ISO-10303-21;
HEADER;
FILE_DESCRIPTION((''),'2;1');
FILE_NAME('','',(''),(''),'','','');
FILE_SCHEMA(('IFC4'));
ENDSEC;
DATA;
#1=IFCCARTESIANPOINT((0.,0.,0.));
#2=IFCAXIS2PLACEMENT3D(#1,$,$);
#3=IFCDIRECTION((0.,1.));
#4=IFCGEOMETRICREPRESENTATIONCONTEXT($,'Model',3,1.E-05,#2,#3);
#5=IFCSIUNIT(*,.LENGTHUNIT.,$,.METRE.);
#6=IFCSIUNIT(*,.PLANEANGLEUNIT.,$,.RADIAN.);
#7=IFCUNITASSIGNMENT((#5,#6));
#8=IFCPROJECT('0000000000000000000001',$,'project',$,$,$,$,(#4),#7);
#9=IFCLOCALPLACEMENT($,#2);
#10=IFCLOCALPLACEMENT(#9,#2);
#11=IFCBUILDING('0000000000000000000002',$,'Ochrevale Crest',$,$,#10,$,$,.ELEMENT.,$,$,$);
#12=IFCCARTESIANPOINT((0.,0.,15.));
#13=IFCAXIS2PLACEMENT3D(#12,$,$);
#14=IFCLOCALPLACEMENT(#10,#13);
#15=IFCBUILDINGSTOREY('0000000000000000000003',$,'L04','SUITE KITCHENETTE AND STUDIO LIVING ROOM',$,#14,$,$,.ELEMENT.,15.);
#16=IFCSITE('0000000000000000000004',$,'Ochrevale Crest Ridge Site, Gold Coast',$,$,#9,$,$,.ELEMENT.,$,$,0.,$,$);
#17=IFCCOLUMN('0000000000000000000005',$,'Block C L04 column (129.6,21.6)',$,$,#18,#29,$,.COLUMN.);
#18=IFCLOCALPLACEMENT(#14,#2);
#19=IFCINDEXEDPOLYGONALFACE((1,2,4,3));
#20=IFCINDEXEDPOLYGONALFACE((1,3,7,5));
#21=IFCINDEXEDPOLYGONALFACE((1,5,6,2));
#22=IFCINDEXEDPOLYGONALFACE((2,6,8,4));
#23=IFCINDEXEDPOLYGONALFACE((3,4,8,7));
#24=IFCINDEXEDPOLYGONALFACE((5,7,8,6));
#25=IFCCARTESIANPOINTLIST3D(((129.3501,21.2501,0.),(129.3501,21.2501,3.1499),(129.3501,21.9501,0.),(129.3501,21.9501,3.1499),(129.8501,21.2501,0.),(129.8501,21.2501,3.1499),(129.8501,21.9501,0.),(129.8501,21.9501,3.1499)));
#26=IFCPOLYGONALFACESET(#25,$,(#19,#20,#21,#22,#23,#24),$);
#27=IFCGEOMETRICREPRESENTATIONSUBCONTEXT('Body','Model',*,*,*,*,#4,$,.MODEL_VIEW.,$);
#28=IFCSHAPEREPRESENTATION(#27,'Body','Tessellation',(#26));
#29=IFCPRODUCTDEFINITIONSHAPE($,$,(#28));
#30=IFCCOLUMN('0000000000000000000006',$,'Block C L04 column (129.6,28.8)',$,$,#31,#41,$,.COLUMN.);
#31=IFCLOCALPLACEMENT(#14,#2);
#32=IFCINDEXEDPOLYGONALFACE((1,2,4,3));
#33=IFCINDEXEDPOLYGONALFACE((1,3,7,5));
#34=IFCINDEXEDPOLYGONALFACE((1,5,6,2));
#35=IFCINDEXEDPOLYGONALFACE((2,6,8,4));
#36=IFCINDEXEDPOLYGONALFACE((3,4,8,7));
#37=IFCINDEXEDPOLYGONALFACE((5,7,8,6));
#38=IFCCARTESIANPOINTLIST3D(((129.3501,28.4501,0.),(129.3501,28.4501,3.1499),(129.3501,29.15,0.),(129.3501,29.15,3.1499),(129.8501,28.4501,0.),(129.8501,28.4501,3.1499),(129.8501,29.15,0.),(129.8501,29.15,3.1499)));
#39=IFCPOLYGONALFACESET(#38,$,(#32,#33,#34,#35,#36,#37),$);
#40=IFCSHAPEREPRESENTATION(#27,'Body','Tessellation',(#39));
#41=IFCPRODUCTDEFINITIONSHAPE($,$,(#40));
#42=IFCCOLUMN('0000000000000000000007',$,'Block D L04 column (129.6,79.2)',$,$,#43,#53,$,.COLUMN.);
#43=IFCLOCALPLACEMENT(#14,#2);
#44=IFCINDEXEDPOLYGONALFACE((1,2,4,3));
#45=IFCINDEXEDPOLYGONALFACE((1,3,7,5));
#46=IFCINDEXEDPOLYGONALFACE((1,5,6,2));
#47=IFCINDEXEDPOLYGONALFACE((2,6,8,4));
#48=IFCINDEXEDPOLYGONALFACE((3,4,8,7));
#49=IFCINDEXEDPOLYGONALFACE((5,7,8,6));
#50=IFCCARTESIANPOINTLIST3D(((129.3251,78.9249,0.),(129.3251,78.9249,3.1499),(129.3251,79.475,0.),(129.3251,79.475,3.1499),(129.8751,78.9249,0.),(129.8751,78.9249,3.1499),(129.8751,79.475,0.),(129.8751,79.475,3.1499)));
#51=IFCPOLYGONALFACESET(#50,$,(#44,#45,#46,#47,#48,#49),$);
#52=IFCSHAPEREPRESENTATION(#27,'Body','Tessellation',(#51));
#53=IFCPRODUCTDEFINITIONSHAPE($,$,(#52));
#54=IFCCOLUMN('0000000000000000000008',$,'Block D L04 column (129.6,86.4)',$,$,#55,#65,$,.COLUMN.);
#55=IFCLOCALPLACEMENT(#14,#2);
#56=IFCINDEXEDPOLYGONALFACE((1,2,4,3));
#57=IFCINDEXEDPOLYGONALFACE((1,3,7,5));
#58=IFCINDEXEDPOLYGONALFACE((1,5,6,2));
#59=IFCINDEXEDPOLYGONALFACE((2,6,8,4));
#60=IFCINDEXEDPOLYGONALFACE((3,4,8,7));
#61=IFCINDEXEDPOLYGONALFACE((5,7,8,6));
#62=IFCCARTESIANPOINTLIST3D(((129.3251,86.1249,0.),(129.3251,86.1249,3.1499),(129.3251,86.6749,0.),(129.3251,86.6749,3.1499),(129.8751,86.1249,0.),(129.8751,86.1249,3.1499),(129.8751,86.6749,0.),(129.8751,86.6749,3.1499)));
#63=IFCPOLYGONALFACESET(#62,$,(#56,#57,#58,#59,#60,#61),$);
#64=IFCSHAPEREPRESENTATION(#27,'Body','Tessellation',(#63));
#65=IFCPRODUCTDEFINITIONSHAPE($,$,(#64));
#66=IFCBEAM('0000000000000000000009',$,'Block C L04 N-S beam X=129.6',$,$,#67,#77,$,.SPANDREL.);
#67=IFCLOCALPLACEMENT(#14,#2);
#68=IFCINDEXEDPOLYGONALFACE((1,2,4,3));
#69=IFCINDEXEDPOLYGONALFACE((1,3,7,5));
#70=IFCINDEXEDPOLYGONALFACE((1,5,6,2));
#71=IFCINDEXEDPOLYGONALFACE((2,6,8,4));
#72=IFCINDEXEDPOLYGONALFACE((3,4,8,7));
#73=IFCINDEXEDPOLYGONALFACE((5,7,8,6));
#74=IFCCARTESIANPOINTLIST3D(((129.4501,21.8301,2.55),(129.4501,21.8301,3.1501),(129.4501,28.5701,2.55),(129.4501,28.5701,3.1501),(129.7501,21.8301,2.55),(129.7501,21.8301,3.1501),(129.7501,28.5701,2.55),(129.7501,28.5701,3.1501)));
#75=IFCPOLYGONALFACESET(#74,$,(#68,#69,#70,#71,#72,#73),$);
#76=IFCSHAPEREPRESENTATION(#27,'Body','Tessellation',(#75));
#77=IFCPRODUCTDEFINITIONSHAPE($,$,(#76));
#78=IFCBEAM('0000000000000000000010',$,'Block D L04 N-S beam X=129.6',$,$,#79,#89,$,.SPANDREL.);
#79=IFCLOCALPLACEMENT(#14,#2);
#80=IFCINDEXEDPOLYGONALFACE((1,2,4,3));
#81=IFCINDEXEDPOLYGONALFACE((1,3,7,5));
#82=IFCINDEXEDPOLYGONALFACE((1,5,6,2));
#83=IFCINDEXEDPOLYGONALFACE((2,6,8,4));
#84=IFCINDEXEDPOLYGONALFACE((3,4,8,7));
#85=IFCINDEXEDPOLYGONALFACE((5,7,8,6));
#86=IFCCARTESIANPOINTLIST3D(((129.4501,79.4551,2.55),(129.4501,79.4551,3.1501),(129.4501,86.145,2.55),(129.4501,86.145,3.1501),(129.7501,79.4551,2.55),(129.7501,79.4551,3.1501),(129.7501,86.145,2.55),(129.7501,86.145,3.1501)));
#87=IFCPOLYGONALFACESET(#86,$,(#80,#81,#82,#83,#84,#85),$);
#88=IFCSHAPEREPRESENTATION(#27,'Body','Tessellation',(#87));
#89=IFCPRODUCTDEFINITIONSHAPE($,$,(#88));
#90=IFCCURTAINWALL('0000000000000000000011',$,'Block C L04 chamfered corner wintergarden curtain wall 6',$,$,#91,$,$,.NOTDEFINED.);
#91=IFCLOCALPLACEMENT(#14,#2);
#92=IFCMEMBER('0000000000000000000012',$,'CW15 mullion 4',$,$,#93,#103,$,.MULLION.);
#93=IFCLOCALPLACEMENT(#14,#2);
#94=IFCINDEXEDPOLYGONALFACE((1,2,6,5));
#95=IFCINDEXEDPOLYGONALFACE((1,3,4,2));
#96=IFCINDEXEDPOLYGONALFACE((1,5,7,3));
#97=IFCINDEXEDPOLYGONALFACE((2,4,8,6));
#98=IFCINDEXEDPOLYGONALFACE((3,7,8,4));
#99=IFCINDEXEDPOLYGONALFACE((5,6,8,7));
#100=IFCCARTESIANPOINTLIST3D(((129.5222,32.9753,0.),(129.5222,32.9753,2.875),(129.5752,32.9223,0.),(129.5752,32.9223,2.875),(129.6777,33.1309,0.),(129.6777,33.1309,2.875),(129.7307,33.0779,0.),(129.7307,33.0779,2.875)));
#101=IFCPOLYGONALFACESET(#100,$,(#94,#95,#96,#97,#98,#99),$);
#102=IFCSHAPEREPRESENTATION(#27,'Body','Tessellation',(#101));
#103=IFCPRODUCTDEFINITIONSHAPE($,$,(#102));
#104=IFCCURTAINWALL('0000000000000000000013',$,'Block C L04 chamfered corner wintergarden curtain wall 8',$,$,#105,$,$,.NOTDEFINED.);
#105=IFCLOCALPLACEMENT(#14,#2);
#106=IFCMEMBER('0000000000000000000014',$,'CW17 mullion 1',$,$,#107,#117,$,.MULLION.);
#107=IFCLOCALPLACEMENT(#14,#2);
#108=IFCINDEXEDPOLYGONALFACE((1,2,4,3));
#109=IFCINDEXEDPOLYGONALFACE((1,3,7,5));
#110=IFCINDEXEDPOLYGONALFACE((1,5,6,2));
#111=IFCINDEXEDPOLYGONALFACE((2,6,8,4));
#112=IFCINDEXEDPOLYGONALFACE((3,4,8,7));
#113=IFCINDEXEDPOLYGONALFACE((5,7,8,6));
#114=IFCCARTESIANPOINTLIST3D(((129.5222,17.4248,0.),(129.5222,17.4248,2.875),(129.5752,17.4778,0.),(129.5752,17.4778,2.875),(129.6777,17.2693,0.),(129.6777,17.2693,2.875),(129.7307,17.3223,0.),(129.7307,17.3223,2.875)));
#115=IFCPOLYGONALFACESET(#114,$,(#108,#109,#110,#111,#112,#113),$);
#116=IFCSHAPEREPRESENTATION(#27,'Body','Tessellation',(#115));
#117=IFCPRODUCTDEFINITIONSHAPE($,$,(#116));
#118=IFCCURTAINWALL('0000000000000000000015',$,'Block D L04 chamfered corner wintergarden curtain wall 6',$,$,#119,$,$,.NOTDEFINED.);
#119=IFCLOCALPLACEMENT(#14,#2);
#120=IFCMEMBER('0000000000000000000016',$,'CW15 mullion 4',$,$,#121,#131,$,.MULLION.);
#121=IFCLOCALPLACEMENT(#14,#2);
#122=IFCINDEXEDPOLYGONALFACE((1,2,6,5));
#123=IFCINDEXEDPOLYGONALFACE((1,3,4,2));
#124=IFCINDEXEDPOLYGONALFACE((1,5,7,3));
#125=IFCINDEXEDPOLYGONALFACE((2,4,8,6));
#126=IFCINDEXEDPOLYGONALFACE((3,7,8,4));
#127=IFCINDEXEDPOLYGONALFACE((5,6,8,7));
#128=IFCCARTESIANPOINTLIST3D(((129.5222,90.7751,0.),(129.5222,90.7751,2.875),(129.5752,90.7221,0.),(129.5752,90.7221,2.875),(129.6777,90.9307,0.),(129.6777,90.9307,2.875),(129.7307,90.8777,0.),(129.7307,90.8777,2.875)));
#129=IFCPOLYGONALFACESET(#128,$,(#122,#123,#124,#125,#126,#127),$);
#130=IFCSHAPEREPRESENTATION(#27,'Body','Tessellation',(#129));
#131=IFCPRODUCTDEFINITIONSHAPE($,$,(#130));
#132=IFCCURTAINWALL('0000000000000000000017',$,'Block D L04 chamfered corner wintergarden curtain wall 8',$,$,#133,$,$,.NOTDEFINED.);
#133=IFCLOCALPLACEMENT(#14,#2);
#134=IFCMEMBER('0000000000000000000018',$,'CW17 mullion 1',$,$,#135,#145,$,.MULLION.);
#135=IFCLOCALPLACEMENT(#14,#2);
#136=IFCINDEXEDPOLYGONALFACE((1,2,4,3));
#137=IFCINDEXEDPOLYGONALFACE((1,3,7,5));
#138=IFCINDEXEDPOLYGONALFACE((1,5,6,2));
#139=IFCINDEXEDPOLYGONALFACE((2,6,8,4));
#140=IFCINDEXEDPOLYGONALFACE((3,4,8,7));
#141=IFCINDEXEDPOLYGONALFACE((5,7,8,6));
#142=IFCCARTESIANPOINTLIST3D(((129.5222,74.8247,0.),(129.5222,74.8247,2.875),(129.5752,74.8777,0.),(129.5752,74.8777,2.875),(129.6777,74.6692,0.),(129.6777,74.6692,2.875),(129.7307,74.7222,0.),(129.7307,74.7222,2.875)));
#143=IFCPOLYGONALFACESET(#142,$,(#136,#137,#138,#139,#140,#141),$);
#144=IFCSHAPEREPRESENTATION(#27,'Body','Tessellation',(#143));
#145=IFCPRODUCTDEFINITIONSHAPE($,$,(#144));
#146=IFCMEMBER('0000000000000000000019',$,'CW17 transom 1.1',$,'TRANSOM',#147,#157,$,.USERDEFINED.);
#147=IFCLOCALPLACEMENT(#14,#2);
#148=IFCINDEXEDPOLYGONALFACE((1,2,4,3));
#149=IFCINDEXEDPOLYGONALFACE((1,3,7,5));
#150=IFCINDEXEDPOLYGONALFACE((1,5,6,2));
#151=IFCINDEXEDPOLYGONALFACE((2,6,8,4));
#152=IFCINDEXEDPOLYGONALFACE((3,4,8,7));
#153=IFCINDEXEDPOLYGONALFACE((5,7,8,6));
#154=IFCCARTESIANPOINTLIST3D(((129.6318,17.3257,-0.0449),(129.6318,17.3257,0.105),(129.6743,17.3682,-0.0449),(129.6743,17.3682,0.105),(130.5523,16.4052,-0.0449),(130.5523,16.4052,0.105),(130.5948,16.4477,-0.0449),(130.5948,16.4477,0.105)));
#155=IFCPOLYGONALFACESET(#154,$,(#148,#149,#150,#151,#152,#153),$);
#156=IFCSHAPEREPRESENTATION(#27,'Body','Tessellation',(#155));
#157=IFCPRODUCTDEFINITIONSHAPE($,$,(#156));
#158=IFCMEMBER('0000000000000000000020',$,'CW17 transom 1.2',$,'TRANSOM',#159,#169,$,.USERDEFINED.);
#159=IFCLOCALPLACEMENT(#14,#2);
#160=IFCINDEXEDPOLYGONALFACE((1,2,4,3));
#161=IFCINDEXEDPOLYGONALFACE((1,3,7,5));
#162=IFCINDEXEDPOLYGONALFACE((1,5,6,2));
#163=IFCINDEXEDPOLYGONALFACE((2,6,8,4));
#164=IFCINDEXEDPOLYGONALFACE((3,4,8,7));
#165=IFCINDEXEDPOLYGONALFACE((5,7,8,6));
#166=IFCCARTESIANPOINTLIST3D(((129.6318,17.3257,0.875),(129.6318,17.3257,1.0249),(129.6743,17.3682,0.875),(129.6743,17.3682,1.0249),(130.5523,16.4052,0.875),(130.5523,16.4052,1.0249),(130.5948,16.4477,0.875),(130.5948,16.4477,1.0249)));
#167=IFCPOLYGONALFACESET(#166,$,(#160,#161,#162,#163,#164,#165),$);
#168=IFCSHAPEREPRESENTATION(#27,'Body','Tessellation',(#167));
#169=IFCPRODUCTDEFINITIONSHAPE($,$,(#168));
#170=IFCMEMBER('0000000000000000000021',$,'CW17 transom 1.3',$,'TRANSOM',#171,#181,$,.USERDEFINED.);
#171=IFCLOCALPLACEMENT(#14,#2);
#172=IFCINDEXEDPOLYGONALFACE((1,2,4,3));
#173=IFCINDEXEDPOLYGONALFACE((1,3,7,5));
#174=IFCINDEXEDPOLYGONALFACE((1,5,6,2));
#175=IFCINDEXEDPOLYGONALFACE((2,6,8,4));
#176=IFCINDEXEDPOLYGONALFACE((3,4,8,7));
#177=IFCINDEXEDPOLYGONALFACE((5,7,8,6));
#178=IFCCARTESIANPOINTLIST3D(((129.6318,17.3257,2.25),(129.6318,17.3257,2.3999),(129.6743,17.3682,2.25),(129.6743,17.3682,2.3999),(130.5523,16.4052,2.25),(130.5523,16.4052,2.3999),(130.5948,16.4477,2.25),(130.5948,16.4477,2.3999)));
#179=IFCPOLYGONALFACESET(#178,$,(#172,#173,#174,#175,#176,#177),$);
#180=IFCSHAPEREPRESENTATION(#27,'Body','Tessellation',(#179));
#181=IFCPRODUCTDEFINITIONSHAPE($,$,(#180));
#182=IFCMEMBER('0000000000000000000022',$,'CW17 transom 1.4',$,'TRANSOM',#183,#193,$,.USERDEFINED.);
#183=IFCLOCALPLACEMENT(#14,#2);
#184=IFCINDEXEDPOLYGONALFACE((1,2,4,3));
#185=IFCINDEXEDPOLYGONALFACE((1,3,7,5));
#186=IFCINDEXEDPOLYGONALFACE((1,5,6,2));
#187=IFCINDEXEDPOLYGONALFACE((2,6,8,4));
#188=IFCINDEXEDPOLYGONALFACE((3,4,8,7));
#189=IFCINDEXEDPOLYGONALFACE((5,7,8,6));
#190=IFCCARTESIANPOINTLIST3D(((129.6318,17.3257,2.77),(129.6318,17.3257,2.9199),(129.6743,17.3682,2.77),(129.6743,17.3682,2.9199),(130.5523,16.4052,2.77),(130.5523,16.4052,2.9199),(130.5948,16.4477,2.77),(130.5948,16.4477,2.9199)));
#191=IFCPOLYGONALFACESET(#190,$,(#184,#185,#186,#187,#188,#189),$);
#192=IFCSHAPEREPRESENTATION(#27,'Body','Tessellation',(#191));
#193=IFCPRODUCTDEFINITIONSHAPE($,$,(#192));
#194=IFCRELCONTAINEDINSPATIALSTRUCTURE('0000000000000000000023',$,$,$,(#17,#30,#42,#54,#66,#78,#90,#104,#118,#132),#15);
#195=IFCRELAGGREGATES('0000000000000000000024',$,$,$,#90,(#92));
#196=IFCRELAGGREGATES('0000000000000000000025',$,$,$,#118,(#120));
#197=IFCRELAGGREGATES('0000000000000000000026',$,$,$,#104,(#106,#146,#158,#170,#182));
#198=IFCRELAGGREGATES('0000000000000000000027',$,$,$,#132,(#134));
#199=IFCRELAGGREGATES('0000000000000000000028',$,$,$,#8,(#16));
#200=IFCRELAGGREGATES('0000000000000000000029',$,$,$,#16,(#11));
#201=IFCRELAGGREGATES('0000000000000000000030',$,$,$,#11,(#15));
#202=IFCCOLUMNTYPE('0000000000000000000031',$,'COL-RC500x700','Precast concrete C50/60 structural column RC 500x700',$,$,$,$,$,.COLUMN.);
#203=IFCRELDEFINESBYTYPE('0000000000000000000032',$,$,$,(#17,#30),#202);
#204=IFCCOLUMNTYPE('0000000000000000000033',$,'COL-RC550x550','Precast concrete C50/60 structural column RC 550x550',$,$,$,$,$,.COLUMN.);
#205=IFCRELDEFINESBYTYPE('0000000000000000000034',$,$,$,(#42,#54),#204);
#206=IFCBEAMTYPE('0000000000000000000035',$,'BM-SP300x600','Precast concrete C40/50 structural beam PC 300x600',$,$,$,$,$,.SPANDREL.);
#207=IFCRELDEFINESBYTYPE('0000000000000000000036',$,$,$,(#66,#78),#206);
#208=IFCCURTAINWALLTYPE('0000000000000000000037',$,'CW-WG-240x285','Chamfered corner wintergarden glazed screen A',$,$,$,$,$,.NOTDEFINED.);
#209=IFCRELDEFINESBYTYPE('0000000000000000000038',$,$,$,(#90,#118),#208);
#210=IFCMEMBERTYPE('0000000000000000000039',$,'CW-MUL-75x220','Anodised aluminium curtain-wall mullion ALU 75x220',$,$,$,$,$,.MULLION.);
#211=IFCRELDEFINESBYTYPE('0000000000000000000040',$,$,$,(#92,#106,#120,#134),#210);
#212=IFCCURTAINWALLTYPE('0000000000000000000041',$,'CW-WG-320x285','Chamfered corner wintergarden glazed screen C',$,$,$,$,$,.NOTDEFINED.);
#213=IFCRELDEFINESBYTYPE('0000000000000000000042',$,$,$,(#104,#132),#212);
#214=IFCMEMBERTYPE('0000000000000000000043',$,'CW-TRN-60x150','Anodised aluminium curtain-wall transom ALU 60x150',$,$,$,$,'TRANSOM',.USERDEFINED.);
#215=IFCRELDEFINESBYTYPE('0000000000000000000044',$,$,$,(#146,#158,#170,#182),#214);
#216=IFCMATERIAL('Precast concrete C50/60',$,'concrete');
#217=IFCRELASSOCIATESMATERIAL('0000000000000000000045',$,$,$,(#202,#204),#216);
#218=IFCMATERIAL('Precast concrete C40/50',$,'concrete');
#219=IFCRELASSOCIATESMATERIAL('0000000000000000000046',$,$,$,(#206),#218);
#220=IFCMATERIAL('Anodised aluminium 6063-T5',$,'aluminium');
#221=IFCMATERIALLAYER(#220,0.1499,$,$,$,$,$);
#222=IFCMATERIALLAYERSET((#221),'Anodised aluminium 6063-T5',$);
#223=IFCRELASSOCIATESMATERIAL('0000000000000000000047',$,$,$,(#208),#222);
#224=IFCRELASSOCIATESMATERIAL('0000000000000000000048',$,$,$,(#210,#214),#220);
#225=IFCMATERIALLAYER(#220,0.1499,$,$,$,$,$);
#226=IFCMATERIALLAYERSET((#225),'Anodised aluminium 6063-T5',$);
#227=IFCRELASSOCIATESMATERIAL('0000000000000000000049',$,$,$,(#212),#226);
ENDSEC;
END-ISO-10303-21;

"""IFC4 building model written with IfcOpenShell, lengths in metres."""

from ifc_helpers import new_model, si_unit, direction, frame, origin, origin_2d, place, context, subcontext, project, spatial, rectangle, extrude, material, layer, layer_set, material_profile, profile_set, type_object, element, aggregate, save


model = new_model("IFC4")

# Units and contexts
model_context = context("Model", 3, precision=1e-05, world=origin(), true_north=direction((0.0, 1.0)))
body_context = subcontext(model_context, "Body", "Model", "MODEL_VIEW")
ifc_project = project(units=[si_unit("LENGTHUNIT", "METRE"), si_unit("PLANEANGLEUNIT", "RADIAN")], contexts=[model_context])

# Site, building, storey
site_placement = place(None, origin())
site = spatial("IfcSite", under=ifc_project, at=site_placement, Name="Ochrevale Crest Ridge Site, Gold Coast", CompositionType="ELEMENT", RefElevation=0.0)
building_placement = place(site_placement, origin())
building = spatial("IfcBuilding", under=site, at=building_placement, Name="Ochrevale Crest", CompositionType="ELEMENT")
storey_placement = place(building_placement, frame((0.0, 0.0, 15.0)))
storey = spatial("IfcBuildingStorey", under=building, at=storey_placement, Name="L04", Description="SUITE KITCHENETTE AND STUDIO LIVING ROOM", CompositionType="ELEMENT", Elevation=15.0)

# Columns
ifc_material_1 = material(Name="Precast concrete C50/60", Category="concrete")
ifc_material_profile_1 = material_profile(ifc_material_1, rectangle(XDim=0.5, YDim=0.7, at=origin_2d()), Name="RC 500x700")
ifc_profile_set_1 = profile_set([ifc_material_profile_1], Name="Precast concrete C50/60")
column_type_1 = type_object("IfcColumnType", Name="COL-RC500x700", Description="Precast concrete C50/60 structural column RC 500x700", PredefinedType="COLUMN", material=ifc_profile_set_1)
for number, where, z_axis, x_axis, name in (
    (1, (129.6001, 21.6001, 0.0), (0.0, 0.0, 1.0), (1.0, 0.0, 0.0), "Block C L04 column (129.6,21.6)"),
    (2, (129.6001, 28.8, 0.0), (0.0, 0.0, 1.0), (1.0, 0.0, 0.0), "Block C L04 column (129.6,28.8)"),
):
    element("IfcColumn", number, at=place(storey_placement, frame(where, z_axis=z_axis, x_axis=x_axis)), inside=storey, type_object=column_type_1, Name=name, PredefinedType="COLUMN", context=body_context, shape_type="SweptSolid", body=[
        extrude(rectangle(XDim=0.5, YDim=0.7, at=origin_2d()), origin(), (0.0, 0.0, 1.0), 3.1499),
    ])
ifc_material_profile_2 = material_profile(ifc_material_1, rectangle(XDim=0.55, YDim=0.55, at=origin_2d()), Name="RC 550x550")
ifc_profile_set_2 = profile_set([ifc_material_profile_2], Name="Precast concrete C50/60")
column_type_2 = type_object("IfcColumnType", Name="COL-RC550x550", Description="Precast concrete C50/60 structural column RC 550x550", PredefinedType="COLUMN", material=ifc_profile_set_2)
for number, where, z_axis, x_axis, name in (
    (3, (129.6001, 79.2, 0.0), (0.0, 0.0, 1.0), (1.0, 0.0, 0.0), "Block D L04 column (129.6,79.2)"),
    (4, (129.6001, 86.3999, 0.0), (0.0, 0.0, 1.0), (1.0, 0.0, 0.0), "Block D L04 column (129.6,86.4)"),
):
    element("IfcColumn", number, at=place(storey_placement, frame(where, z_axis=z_axis, x_axis=x_axis)), inside=storey, type_object=column_type_2, Name=name, PredefinedType="COLUMN", context=body_context, shape_type="SweptSolid", body=[
        extrude(rectangle(XDim=0.55, YDim=0.55, at=origin_2d()), origin(), (0.0, 0.0, 1.0), 3.1499),
    ])

# Beams
ifc_material_2 = material(Name="Precast concrete C40/50", Category="concrete")
ifc_material_profile_3 = material_profile(ifc_material_2, rectangle(XDim=0.3, YDim=0.6001, at=origin_2d()), Name="PC 300x600")
ifc_profile_set_3 = profile_set([ifc_material_profile_3], Name="Precast concrete C40/50")
beam_type = type_object("IfcBeamType", Name="BM-SP300x600", Description="Precast concrete C40/50 structural beam PC 300x600", PredefinedType="SPANDREL", material=ifc_profile_set_3)
beam_1_placement = place(storey_placement, frame((129.6001, 21.8301, 2.8501), z_axis=(0.0, 1.0, 0.0), x_axis=(-1.0, 0.0, 0.0)))
element("IfcBeam", 5, at=beam_1_placement, inside=storey, type_object=beam_type, Name="Block C L04 N-S beam X=129.6", PredefinedType="SPANDREL", context=body_context, shape_type="SweptSolid", body=[
    extrude(rectangle(XDim=0.3, YDim=0.6001, at=origin_2d()), origin(), (0.0, 0.0, 1.0), 6.74),
])
beam_2_placement = place(storey_placement, frame((129.6001, 79.4551, 2.8501), z_axis=(0.0, 1.0, 0.0), x_axis=(-1.0, 0.0, 0.0)))
element("IfcBeam", 6, at=beam_2_placement, inside=storey, type_object=beam_type, Name="Block D L04 N-S beam X=129.6", PredefinedType="SPANDREL", context=body_context, shape_type="SweptSolid", body=[
    extrude(rectangle(XDim=0.3, YDim=0.6001, at=origin_2d()), origin(), (0.0, 0.0, 1.0), 6.6899),
])

# Curtain walls, members
ifc_material_3 = material(Name="Anodised aluminium 6063-T5", Category="aluminium")
ifc_layer_1 = layer(ifc_material_3, 0.1499)
ifc_layer_set_1 = layer_set([ifc_layer_1], Name="Anodised aluminium 6063-T5")
curtain_wall_type_1 = type_object("IfcCurtainWallType", Name="CW-WG-240x285", Description="Chamfered corner wintergarden glazed screen A", PredefinedType="NOTDEFINED", material=ifc_layer_set_1)
curtain_wall_1_placement = place(storey_placement, origin())
curtain_wall_1 = element("IfcCurtainWall", 7, at=curtain_wall_1_placement, inside=storey, type_object=curtain_wall_type_1, Name="Block C L04 chamfered corner wintergarden curtain wall 6", PredefinedType="NOTDEFINED")
ifc_material_profile_4 = material_profile(ifc_material_3, rectangle(XDim=0.075, YDim=0.22, at=origin_2d()), Name="ALU 75x220")
ifc_profile_set_4 = profile_set([ifc_material_profile_4], Name="Anodised aluminium 6063-T5")
member_type_1 = type_object("IfcMemberType", Name="CW-MUL-75x220", Description="Anodised aluminium curtain-wall mullion ALU 75x220", PredefinedType="MULLION", material=ifc_profile_set_4)
member_1_placement = place(storey_placement, frame((129.6265, 33.0266, 0.0), z_axis=(0.0, 0.0, 1.0), x_axis=(0.707107, -0.707107, 0.0)))
member_1 = element("IfcMember", 8, at=member_1_placement, type_object=member_type_1, Name="CW15 mullion 4", PredefinedType="MULLION", context=body_context, shape_type="SweptSolid", body=[
    extrude(rectangle(XDim=0.075, YDim=0.22, at=origin_2d()), origin(), (0.0, 0.0, 1.0), 2.875),
])
aggregate(curtain_wall_1, [member_1])
ifc_layer_2 = layer(ifc_material_3, 0.1499)
ifc_layer_set_2 = layer_set([ifc_layer_2], Name="Anodised aluminium 6063-T5")
curtain_wall_type_2 = type_object("IfcCurtainWallType", Name="CW-WG-320x285", Description="Chamfered corner wintergarden glazed screen C", PredefinedType="NOTDEFINED", material=ifc_layer_set_2)
curtain_wall_2_placement = place(storey_placement, origin())
curtain_wall_2 = element("IfcCurtainWall", 9, at=curtain_wall_2_placement, inside=storey, type_object=curtain_wall_type_2, Name="Block C L04 chamfered corner wintergarden curtain wall 8", PredefinedType="NOTDEFINED")
member_2_placement = place(storey_placement, frame((129.6265, 17.3735, 0.0), z_axis=(0.0, 0.0, 1.0), x_axis=(0.707107, 0.707107, 0.0)))
member_2 = element("IfcMember", 10, at=member_2_placement, type_object=member_type_1, Name="CW17 mullion 1", PredefinedType="MULLION", context=body_context, shape_type="SweptSolid", body=[
    extrude(rectangle(XDim=0.075, YDim=0.22, at=origin_2d()), origin(), (0.0, 0.0, 1.0), 2.875),
])
curtain_wall_3_placement = place(storey_placement, origin())
curtain_wall_3 = element("IfcCurtainWall", 11, at=curtain_wall_3_placement, inside=storey, type_object=curtain_wall_type_1, Name="Block D L04 chamfered corner wintergarden curtain wall 6", PredefinedType="NOTDEFINED")
member_3_placement = place(storey_placement, frame((129.6265, 90.8264, 0.0), z_axis=(0.0, 0.0, 1.0), x_axis=(0.707107, -0.707107, 0.0)))
member_3 = element("IfcMember", 12, at=member_3_placement, type_object=member_type_1, Name="CW15 mullion 4", PredefinedType="MULLION", context=body_context, shape_type="SweptSolid", body=[
    extrude(rectangle(XDim=0.075, YDim=0.22, at=origin_2d()), origin(), (0.0, 0.0, 1.0), 2.875),
])
aggregate(curtain_wall_3, [member_3])
curtain_wall_4_placement = place(storey_placement, origin())
curtain_wall_4 = element("IfcCurtainWall", 13, at=curtain_wall_4_placement, inside=storey, type_object=curtain_wall_type_2, Name="Block D L04 chamfered corner wintergarden curtain wall 8", PredefinedType="NOTDEFINED")
member_4_placement = place(storey_placement, frame((129.6265, 74.7734, 0.0), z_axis=(0.0, 0.0, 1.0), x_axis=(0.707107, 0.707107, 0.0)))
member_4 = element("IfcMember", 14, at=member_4_placement, type_object=member_type_1, Name="CW17 mullion 1", PredefinedType="MULLION", context=body_context, shape_type="SweptSolid", body=[
    extrude(rectangle(XDim=0.075, YDim=0.22, at=origin_2d()), origin(), (0.0, 0.0, 1.0), 2.875),
])

# Members
ifc_material_profile_5 = material_profile(ifc_material_3, rectangle(XDim=0.0601, YDim=0.1499, at=origin_2d()), Name="ALU 60x150")
ifc_profile_set_5 = profile_set([ifc_material_profile_5], Name="Anodised aluminium 6063-T5")
member_type_2 = type_object("IfcMemberType", Name="CW-TRN-60x150", Description="Anodised aluminium curtain-wall transom ALU 60x150", ElementType="TRANSOM", PredefinedType="USERDEFINED", material=ifc_profile_set_5)
member_5_placement = place(storey_placement, frame((129.6531, 17.3469, 0.03), z_axis=(0.707107, -0.707107, 0.0), x_axis=(0.707107, 0.707107, 0.0)))
member_5 = element("IfcMember", 15, at=member_5_placement, type_object=member_type_2, Name="CW17 transom 1.1", ObjectType="TRANSOM", PredefinedType="USERDEFINED", context=body_context, shape_type="SweptSolid", body=[
    extrude(rectangle(XDim=0.0601, YDim=0.1499, at=origin_2d()), origin(), (0.0, 0.0, 1.0), 1.3018),
])
member_6_placement = place(storey_placement, frame((129.6531, 17.3469, 0.95), z_axis=(0.707107, -0.707107, 0.0), x_axis=(0.707107, 0.707107, 0.0)))
member_6 = element("IfcMember", 16, at=member_6_placement, type_object=member_type_2, Name="CW17 transom 1.2", ObjectType="TRANSOM", PredefinedType="USERDEFINED", context=body_context, shape_type="SweptSolid", body=[
    extrude(rectangle(XDim=0.0601, YDim=0.1499, at=origin_2d()), origin(), (0.0, 0.0, 1.0), 1.3018),
])
member_7_placement = place(storey_placement, frame((129.6531, 17.3469, 2.325), z_axis=(0.707107, -0.707107, 0.0), x_axis=(0.707107, 0.707107, 0.0)))
member_7 = element("IfcMember", 17, at=member_7_placement, type_object=member_type_2, Name="CW17 transom 1.3", ObjectType="TRANSOM", PredefinedType="USERDEFINED", context=body_context, shape_type="SweptSolid", body=[
    extrude(rectangle(XDim=0.0601, YDim=0.1499, at=origin_2d()), origin(), (0.0, 0.0, 1.0), 1.3018),
])
member_8_placement = place(storey_placement, frame((129.6531, 17.3469, 2.845), z_axis=(0.707107, -0.707107, 0.0), x_axis=(0.707107, 0.707107, 0.0)))
member_8 = element("IfcMember", 18, at=member_8_placement, type_object=member_type_2, Name="CW17 transom 1.4", ObjectType="TRANSOM", PredefinedType="USERDEFINED", context=body_context, shape_type="SweptSolid", body=[
    extrude(rectangle(XDim=0.0601, YDim=0.1499, at=origin_2d()), origin(), (0.0, 0.0, 1.0), 1.3018),
])
aggregate(curtain_wall_2, [member_2, member_5, member_6, member_7, member_8])
aggregate(curtain_wall_4, [member_4])

save(model, "model.ifc")
